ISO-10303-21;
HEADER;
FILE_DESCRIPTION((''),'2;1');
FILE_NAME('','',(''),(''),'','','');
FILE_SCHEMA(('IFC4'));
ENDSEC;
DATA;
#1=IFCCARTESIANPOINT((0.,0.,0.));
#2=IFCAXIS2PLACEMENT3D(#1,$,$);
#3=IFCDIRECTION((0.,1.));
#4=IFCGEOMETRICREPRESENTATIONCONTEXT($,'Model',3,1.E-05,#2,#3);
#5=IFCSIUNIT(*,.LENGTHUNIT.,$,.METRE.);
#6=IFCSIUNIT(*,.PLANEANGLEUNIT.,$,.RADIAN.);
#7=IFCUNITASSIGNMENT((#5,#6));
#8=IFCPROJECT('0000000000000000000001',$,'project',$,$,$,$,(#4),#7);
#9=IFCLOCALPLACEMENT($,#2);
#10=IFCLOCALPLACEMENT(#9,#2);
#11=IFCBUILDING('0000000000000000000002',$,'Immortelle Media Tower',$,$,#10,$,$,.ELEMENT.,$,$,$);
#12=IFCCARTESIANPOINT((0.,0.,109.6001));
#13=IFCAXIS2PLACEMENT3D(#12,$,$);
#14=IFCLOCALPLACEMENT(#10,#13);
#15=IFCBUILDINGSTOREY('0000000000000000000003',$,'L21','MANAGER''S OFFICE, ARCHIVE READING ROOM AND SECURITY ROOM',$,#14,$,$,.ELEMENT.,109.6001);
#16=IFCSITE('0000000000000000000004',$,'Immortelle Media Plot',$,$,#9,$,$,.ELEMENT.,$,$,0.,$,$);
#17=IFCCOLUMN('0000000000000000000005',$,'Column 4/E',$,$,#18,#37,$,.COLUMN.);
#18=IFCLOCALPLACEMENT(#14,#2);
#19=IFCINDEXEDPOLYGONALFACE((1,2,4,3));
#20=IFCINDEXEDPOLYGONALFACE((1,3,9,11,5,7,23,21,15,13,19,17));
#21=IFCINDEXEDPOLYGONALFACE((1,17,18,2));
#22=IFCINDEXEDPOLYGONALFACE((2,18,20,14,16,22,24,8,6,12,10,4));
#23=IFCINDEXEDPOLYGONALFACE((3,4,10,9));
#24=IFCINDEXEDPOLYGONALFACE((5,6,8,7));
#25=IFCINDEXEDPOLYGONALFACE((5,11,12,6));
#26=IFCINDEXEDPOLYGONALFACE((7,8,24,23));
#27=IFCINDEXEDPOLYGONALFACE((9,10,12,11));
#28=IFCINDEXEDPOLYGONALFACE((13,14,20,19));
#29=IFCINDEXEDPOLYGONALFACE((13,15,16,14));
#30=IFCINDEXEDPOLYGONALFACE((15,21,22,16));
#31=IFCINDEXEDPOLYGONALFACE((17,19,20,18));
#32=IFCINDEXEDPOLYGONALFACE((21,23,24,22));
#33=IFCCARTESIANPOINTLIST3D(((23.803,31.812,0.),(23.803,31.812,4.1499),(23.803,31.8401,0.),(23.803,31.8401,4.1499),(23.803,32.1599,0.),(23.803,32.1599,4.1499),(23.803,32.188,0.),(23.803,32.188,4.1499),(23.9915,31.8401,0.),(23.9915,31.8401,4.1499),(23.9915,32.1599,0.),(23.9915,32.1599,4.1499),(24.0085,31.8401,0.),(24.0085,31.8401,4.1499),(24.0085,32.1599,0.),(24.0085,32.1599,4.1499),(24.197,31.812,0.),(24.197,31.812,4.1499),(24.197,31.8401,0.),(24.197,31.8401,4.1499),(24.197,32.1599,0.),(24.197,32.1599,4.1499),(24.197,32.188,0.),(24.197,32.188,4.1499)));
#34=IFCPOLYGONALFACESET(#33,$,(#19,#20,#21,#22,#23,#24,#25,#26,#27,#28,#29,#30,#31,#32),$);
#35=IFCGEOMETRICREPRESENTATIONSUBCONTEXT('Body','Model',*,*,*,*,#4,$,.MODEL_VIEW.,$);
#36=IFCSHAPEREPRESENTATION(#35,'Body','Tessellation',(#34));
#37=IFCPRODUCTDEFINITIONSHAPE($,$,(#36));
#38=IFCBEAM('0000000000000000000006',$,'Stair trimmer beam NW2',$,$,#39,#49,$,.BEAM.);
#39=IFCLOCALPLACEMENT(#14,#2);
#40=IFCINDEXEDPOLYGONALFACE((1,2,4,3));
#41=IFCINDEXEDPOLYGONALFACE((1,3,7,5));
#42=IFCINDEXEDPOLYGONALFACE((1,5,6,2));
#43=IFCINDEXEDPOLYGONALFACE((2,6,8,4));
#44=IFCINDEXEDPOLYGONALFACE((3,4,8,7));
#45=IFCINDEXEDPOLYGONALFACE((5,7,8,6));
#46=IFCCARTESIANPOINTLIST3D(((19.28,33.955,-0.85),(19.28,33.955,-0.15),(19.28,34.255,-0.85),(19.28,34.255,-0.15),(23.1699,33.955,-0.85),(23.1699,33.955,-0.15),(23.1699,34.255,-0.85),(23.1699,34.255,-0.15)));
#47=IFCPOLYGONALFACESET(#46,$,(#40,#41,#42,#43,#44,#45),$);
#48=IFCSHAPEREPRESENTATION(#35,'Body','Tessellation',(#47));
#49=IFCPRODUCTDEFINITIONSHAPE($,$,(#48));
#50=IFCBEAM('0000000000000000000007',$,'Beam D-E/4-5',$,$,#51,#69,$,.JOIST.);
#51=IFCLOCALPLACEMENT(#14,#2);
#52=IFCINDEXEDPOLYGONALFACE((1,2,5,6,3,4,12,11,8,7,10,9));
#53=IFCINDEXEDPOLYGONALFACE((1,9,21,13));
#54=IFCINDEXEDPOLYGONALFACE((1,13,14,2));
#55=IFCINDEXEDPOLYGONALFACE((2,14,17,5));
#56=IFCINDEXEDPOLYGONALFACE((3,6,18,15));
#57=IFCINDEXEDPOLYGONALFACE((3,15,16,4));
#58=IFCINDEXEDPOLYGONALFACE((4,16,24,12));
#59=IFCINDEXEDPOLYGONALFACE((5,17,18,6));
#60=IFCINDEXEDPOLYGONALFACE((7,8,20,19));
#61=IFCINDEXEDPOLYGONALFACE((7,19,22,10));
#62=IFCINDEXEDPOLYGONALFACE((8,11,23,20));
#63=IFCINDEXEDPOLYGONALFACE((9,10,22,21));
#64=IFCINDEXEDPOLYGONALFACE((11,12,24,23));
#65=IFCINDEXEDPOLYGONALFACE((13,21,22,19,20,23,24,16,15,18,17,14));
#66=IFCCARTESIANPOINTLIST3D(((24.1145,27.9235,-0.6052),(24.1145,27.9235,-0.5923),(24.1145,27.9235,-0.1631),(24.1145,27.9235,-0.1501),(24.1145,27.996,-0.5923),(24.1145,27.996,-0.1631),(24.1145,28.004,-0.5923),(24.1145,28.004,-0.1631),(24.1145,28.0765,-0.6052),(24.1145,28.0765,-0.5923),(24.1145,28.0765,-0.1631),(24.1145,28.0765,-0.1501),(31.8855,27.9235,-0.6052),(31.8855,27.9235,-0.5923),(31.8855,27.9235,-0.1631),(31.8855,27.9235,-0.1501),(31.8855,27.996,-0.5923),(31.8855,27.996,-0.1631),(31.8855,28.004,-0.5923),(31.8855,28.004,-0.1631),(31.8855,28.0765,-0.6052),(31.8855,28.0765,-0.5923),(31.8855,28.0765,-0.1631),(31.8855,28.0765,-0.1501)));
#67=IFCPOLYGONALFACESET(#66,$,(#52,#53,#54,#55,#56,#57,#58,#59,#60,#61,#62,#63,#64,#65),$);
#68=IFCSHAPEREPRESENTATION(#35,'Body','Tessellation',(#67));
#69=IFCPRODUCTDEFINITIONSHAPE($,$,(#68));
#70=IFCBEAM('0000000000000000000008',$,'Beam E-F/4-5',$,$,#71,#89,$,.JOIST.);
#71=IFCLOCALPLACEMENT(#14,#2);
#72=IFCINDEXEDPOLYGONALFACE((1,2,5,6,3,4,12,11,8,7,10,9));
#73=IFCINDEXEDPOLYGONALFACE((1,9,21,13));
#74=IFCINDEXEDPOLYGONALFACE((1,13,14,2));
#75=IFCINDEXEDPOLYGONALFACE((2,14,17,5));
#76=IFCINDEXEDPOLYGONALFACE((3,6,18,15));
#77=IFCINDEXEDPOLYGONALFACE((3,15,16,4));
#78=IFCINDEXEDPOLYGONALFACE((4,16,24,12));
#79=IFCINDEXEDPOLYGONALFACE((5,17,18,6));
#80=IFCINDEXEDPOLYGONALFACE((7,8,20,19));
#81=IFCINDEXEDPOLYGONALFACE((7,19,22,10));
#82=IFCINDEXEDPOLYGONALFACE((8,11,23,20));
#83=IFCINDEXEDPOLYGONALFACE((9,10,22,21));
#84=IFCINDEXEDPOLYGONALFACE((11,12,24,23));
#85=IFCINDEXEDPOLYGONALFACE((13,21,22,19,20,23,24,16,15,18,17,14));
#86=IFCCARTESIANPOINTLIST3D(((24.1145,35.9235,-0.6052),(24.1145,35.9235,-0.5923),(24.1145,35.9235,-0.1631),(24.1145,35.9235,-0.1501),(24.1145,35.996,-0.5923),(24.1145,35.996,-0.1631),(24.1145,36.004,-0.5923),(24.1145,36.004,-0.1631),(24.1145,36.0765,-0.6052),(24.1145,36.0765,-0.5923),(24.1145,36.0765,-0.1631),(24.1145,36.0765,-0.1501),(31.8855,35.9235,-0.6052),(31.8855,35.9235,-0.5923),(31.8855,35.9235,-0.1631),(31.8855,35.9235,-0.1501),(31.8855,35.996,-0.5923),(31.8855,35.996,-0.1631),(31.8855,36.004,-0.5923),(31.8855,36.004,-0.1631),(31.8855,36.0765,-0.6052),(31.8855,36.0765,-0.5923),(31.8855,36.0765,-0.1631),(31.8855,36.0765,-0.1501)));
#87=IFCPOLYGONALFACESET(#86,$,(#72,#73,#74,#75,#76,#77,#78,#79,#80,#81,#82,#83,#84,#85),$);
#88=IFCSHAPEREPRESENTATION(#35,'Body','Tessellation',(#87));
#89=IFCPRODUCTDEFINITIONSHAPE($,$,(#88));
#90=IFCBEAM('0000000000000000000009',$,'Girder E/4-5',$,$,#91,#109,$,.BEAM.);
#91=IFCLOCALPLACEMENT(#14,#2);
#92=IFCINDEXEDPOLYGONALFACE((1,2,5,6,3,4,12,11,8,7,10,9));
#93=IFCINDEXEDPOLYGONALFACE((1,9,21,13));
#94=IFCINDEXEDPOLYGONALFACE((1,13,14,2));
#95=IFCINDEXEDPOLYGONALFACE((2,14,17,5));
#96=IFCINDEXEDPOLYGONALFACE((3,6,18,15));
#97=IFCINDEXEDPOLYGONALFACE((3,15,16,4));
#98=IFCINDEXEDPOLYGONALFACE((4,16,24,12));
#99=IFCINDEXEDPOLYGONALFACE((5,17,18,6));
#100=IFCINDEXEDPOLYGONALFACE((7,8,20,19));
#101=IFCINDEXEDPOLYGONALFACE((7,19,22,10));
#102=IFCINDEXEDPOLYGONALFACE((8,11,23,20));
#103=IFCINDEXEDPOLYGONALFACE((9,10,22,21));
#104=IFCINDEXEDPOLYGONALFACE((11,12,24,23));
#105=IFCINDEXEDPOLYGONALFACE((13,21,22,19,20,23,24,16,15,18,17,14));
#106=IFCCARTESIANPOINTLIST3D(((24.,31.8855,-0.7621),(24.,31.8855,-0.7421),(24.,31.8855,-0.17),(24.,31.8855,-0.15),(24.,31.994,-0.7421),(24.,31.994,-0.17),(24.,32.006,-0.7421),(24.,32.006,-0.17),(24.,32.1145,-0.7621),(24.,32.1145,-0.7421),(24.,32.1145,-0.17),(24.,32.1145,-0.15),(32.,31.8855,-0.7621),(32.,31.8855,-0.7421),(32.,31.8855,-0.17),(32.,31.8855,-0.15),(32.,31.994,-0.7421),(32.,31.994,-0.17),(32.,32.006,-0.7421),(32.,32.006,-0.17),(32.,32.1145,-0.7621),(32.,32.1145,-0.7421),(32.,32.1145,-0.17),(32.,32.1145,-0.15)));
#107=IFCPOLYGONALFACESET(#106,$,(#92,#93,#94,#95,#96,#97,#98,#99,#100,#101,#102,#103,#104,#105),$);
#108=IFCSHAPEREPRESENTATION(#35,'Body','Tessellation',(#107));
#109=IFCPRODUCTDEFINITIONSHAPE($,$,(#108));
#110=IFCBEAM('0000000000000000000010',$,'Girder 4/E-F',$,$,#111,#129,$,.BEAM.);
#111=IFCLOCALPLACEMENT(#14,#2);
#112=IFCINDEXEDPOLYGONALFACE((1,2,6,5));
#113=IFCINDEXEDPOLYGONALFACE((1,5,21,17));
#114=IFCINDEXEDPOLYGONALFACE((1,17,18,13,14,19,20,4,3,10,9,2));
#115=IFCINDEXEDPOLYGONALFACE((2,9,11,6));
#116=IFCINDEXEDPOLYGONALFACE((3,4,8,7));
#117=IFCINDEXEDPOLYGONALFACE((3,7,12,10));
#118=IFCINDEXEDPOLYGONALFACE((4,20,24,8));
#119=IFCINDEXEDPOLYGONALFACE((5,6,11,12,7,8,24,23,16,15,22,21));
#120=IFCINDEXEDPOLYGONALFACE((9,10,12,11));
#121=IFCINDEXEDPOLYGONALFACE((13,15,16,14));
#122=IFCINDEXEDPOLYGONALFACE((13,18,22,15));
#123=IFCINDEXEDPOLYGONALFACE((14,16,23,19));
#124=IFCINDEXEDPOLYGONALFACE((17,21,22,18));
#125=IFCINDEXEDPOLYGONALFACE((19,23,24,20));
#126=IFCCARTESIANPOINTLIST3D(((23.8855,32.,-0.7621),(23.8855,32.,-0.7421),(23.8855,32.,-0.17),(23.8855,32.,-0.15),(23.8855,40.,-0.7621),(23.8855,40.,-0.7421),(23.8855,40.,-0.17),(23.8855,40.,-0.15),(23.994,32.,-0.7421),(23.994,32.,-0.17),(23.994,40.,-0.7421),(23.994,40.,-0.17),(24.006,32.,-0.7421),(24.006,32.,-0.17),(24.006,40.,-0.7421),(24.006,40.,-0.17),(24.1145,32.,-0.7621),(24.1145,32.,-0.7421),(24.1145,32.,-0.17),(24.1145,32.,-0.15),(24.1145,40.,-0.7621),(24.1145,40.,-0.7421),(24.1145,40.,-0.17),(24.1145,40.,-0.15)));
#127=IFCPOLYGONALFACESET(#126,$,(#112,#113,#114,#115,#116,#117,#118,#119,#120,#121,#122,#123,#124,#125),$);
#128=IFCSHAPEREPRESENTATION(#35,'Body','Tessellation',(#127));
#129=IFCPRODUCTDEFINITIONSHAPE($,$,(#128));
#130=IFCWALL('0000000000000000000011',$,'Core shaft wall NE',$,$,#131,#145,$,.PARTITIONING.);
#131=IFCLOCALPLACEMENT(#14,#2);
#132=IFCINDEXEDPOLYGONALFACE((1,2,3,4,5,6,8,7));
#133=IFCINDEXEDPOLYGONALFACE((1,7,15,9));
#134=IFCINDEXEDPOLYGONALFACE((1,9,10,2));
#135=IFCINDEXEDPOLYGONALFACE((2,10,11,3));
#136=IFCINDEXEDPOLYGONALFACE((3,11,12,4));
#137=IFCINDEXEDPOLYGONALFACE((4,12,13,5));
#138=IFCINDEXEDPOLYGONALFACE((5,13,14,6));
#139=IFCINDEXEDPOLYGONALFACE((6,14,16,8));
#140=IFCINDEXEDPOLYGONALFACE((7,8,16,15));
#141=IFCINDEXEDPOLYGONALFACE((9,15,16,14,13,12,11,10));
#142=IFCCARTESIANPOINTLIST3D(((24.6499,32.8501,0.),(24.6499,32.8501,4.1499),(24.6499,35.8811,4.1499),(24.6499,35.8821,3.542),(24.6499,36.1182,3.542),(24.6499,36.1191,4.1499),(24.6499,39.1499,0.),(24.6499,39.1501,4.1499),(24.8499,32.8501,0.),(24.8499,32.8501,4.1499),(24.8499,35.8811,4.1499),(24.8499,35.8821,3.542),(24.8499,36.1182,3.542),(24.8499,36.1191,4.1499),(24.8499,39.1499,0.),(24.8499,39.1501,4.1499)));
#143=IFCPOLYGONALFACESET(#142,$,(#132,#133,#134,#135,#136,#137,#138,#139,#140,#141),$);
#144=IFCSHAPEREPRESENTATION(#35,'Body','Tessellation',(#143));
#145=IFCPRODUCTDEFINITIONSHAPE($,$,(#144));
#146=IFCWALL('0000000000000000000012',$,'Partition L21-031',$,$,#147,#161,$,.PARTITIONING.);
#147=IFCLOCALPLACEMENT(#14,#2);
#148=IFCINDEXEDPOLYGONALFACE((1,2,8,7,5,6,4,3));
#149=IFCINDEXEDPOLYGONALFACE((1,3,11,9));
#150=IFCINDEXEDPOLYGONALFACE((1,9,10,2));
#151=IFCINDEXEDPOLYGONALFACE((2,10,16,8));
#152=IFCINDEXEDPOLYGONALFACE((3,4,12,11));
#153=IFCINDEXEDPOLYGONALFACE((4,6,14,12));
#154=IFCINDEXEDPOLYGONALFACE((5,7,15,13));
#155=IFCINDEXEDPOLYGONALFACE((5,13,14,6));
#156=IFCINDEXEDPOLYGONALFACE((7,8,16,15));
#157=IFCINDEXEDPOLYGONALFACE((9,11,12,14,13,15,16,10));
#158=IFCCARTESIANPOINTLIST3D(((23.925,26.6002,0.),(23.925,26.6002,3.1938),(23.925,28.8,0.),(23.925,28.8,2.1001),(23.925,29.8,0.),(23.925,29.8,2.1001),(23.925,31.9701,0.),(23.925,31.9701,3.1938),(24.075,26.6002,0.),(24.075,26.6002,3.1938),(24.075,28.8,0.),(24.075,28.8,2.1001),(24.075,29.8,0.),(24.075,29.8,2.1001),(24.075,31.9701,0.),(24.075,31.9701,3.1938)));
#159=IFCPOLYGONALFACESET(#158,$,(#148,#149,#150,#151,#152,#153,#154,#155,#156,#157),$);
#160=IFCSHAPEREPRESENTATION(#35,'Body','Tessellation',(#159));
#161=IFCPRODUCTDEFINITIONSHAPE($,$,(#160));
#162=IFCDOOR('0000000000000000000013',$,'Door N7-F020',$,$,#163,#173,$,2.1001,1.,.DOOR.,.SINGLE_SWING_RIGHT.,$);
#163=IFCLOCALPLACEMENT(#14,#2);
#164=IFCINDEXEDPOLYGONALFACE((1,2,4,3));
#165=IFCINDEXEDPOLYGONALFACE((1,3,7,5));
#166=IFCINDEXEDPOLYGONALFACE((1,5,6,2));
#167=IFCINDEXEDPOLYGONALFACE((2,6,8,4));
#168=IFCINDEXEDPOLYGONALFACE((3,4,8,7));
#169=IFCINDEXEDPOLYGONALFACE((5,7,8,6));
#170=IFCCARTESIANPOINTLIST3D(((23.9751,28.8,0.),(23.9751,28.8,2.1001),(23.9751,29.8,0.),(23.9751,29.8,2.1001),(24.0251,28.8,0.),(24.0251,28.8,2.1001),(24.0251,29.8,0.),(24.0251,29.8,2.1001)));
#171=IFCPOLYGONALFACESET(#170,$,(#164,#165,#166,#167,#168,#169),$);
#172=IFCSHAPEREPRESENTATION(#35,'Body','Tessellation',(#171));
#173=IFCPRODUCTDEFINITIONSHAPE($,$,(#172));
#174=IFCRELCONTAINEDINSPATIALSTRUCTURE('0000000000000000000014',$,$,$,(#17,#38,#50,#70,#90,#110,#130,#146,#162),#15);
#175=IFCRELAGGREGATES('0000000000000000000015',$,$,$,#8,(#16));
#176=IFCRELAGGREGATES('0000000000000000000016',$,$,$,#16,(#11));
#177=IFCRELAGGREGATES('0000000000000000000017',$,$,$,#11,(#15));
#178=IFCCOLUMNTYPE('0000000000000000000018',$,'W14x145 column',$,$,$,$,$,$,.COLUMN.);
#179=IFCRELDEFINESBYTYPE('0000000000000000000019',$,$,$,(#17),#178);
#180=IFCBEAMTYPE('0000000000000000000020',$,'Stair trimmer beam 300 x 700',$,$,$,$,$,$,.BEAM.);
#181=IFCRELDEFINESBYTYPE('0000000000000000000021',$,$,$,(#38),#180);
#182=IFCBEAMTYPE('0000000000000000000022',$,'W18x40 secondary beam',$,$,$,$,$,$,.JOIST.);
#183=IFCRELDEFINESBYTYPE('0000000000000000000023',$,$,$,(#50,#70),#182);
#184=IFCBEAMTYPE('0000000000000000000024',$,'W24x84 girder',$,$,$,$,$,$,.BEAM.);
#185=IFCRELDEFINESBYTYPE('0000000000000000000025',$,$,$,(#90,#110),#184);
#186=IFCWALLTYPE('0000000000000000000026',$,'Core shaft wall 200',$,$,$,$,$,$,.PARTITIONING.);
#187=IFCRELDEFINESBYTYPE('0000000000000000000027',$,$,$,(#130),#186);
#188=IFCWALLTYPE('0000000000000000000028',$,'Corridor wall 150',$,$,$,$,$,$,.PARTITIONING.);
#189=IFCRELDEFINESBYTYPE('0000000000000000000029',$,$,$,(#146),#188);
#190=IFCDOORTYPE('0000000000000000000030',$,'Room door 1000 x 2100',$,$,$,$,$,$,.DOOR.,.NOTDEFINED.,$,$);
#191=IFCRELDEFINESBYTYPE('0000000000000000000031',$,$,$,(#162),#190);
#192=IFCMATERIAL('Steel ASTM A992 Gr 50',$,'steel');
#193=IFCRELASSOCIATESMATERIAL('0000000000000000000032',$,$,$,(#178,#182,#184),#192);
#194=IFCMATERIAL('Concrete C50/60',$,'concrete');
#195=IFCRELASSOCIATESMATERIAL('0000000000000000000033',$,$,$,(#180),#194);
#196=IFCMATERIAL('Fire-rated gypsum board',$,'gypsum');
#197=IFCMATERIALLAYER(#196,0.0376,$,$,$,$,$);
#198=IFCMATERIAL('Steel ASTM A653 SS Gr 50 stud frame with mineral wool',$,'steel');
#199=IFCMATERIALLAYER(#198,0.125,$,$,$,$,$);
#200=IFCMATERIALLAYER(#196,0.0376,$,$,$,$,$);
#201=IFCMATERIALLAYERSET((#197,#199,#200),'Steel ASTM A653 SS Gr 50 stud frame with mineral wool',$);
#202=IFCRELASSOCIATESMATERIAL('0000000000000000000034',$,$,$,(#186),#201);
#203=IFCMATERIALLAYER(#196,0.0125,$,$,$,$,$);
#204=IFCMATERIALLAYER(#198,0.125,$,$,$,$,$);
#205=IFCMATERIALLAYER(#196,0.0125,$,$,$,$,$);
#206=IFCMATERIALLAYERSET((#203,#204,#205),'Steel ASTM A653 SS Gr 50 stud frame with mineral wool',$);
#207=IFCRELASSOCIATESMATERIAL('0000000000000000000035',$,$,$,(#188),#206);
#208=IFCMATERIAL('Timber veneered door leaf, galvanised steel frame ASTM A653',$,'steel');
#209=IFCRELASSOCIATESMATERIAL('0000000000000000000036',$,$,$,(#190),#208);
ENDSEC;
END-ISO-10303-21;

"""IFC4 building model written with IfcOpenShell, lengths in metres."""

from ifc_helpers import new_model, si_unit, direction, frame, frame_2d, origin, origin_2d, place, context, subcontext, project, spatial, polyline, rectangle, i_section, outline, extrude, material, layer, layer_set, material_profile, profile_set, type_object, element, fill, save


model = new_model("IFC4")

# Units and contexts
model_context = context("Model", 3, precision=1e-05, world=origin(), true_north=direction((0.0, 1.0)))
body_context = subcontext(model_context, "Body", "Model", "MODEL_VIEW")
ifc_project = project(units=[si_unit("LENGTHUNIT", "METRE"), si_unit("PLANEANGLEUNIT", "RADIAN")], contexts=[model_context])

# Site, building, storey
site_placement = place(None, origin())
site = spatial("IfcSite", under=ifc_project, at=site_placement, Name="Immortelle Media Plot", CompositionType="ELEMENT", RefElevation=0.0)
building_placement = place(site_placement, origin())
building = spatial("IfcBuilding", under=site, at=building_placement, Name="Immortelle Media Tower", CompositionType="ELEMENT")
storey_placement = place(building_placement, frame((0.0, 0.0, 109.6001)))
storey = spatial("IfcBuildingStorey", under=building, at=storey_placement, Name="L21", Description="MANAGER'S OFFICE, ARCHIVE READING ROOM AND SECURITY ROOM", CompositionType="ELEMENT", Elevation=109.6001)

# Column
ifc_material_1 = material(Name="Steel ASTM A992 Gr 50", Category="steel")
ifc_material_profile_1 = material_profile(ifc_material_1, i_section(OverallWidth=0.394, OverallDepth=0.376, WebThickness=0.0171, FlangeThickness=0.0281, at=origin_2d()), Name="W14x145")
ifc_profile_set_1 = profile_set([ifc_material_profile_1], Name="Steel ASTM A992 Gr 50")
column_type = type_object("IfcColumnType", Name="W14x145 column", PredefinedType="COLUMN", material=ifc_profile_set_1)
column_placement = place(storey_placement, frame((24.0, 32.0, 0.0), z_axis=(0.0, 0.0, 1.0), x_axis=(1.0, 0.0, 0.0)))
element("IfcColumn", 1, at=column_placement, inside=storey, type_object=column_type, Name="Column 4/E", PredefinedType="COLUMN", context=body_context, shape_type="SweptSolid", body=[
    extrude(i_section(OverallWidth=0.394, OverallDepth=0.376, WebThickness=0.0171, FlangeThickness=0.0281, at=origin_2d()), origin(), (0.0, 0.0, 1.0), 4.1499),
])

# Beams
ifc_material_2 = material(Name="Concrete C50/60", Category="concrete")
ifc_material_profile_2 = material_profile(ifc_material_2, rectangle(XDim=0.3, YDim=0.7, at=origin_2d()), Name="RC 300x700")
ifc_profile_set_2 = profile_set([ifc_material_profile_2], Name="Concrete C50/60")
beam_type_1 = type_object("IfcBeamType", Name="Stair trimmer beam 300 x 700", PredefinedType="BEAM", material=ifc_profile_set_2)
beam_placement = place(storey_placement, frame((19.28, 34.105, -0.5), z_axis=(1.0, 0.0, 0.0), x_axis=(0.0, 1.0, 0.0)))
element("IfcBeam", 2, at=beam_placement, inside=storey, type_object=beam_type_1, Name="Stair trimmer beam NW2", PredefinedType="BEAM", context=body_context, shape_type="SweptSolid", body=[
    extrude(rectangle(XDim=0.3, YDim=0.7, at=origin_2d()), origin(), (0.0, 0.0, 1.0), 3.8899),
])
ifc_material_profile_3 = material_profile(ifc_material_1, i_section(OverallWidth=0.1531, OverallDepth=0.4551, WebThickness=0.0081, FlangeThickness=0.0129, at=origin_2d()), Name="W18x40")
ifc_profile_set_3 = profile_set([ifc_material_profile_3], Name="Steel ASTM A992 Gr 50")
beam_type_2 = type_object("IfcBeamType", Name="W18x40 secondary beam", PredefinedType="JOIST", material=ifc_profile_set_3)
for number, where, z_axis, x_axis, name in (
    (3, (24.1145, 28.0, -0.3777), (1.0, 0.0, 0.0), (0.0, 1.0, 0.0), "Beam D-E/4-5"),
    (4, (24.1145, 36.0, -0.3777), (1.0, 0.0, 0.0), (0.0, 1.0, 0.0), "Beam E-F/4-5"),
):
    element("IfcBeam", number, at=place(storey_placement, frame(where, z_axis=z_axis, x_axis=x_axis)), inside=storey, type_object=beam_type_2, Name=name, PredefinedType="JOIST", context=body_context, shape_type="SweptSolid", body=[
        extrude(i_section(OverallWidth=0.1531, OverallDepth=0.4551, WebThickness=0.0081, FlangeThickness=0.0129, at=origin_2d()), origin(), (0.0, 0.0, 1.0), 7.771),
    ])
ifc_material_profile_4 = material_profile(ifc_material_1, i_section(OverallWidth=0.229, OverallDepth=0.6121, WebThickness=0.012, FlangeThickness=0.02, at=origin_2d()), Name="W24x84")
ifc_profile_set_4 = profile_set([ifc_material_profile_4], Name="Steel ASTM A992 Gr 50")
beam_type_3 = type_object("IfcBeamType", Name="W24x84 girder", PredefinedType="BEAM", material=ifc_profile_set_4)
for number, where, z_axis, x_axis, name in (
    (5, (24.0, 32.0, -0.4561), (1.0, 0.0, 0.0), (0.0, 1.0, 0.0), "Girder E/4-5"),
    (6, (24.0, 32.0, -0.4561), (0.0, 1.0, 0.0), (-1.0, 0.0, 0.0), "Girder 4/E-F"),
):
    element("IfcBeam", number, at=place(storey_placement, frame(where, z_axis=z_axis, x_axis=x_axis)), inside=storey, type_object=beam_type_3, Name=name, PredefinedType="BEAM", context=body_context, shape_type="SweptSolid", body=[
        extrude(i_section(OverallWidth=0.229, OverallDepth=0.6121, WebThickness=0.012, FlangeThickness=0.02, at=origin_2d()), origin(), (0.0, 0.0, 1.0), 8.0),
    ])

# Wall
ifc_material_3 = material(Name="Fire-rated gypsum board", Category="gypsum")
ifc_layer_1 = layer(ifc_material_3, 0.0376)
ifc_material_4 = material(Name="Steel ASTM A653 SS Gr 50 stud frame with mineral wool", Category="steel")
ifc_layer_2 = layer(ifc_material_4, 0.125)
ifc_layer_3 = layer(ifc_material_3, 0.0376)
ifc_layer_set_1 = layer_set([ifc_layer_1, ifc_layer_2, ifc_layer_3], Name="Steel ASTM A653 SS Gr 50 stud frame with mineral wool")
wall_type_1 = type_object("IfcWallType", Name="Core shaft wall 200", PredefinedType="PARTITIONING", material=ifc_layer_set_1)
wall_1_placement = place(storey_placement, frame((24.75, 32.8501, 0.0), z_axis=(0.0, 0.0, 1.0), x_axis=(0.0, 1.0, 0.0)))
element("IfcWall", 7, at=wall_1_placement, inside=storey, type_object=wall_type_1, Name="Core shaft wall NE", PredefinedType="PARTITIONING", context=body_context, shape_type="SweptSolid", body=[
    extrude(outline(polyline([(0.0, 0.0), (6.2998, 0.0), (6.3, 4.1499), (3.269, 4.1499), (3.2681, 3.542), (3.032, 3.542), (3.031, 4.1499), (0.0, 4.1499), (0.0, 0.0)])), frame((0.0, 0.1001, 0.0), z_axis=(0.0, -1.0, 0.0), x_axis=(1.0, 0.0, 0.0)), (0.0, 0.0, 1.0), 0.2),
])

# Wall, opening, door
ifc_layer_4 = layer(ifc_material_3, 0.0125)
ifc_layer_5 = layer(ifc_material_4, 0.125)
ifc_layer_6 = layer(ifc_material_3, 0.0125)
ifc_layer_set_2 = layer_set([ifc_layer_4, ifc_layer_5, ifc_layer_6], Name="Steel ASTM A653 SS Gr 50 stud frame with mineral wool")
wall_type_2 = type_object("IfcWallType", Name="Corridor wall 150", PredefinedType="PARTITIONING", material=ifc_layer_set_2)
wall_2_placement = place(storey_placement, frame((24.0, 26.6001, 0.0), z_axis=(0.0, 0.0, 1.0), x_axis=(0.0, 1.0, 0.0)))
wall_2 = element("IfcWall", 8, at=wall_2_placement, inside=storey, type_object=wall_type_2, Name="Partition L21-031", PredefinedType="PARTITIONING", context=body_context, shape_type="SweptSolid", body=[
    extrude(rectangle(XDim=5.3699, YDim=0.1499, at=frame_2d((2.6851, 0.0))), origin(), (0.0, 0.0, 1.0), 3.1938),
])
opening_1_placement = place(wall_2_placement, frame((2.2, 0.0, 0.0)))
opening_1 = element("IfcOpeningElement", 9, at=opening_1_placement, cuts=wall_2, PredefinedType="OPENING", context=body_context, shape_type="SweptSolid", body=[
    extrude(rectangle(XDim=1.0, YDim=2.1001, at=frame_2d((0.5, 1.05))), frame((0.0, 0.085, 0.0), z_axis=(0.0, -1.0, 0.0), x_axis=(1.0, 0.0, 0.0)), (0.0, 0.0, 1.0), 0.1699),
])
ifc_material_5 = material(Name="Timber veneered door leaf, galvanised steel frame ASTM A653", Category="steel")
door_type_1 = type_object("IfcDoorType", Name="Room door 1000 x 2100", OperationType="NOTDEFINED", PredefinedType="DOOR", material=ifc_material_5)
door_1_placement = place(opening_1_placement, origin())
door_1 = element("IfcDoor", 10, at=door_1_placement, inside=storey, type_object=door_type_1, Name="Door N7-F020", OperationType="SINGLE_SWING_RIGHT", OverallHeight=2.1001, OverallWidth=1.0, PredefinedType="DOOR", context=body_context, shape_type="SweptSolid", body=[
    extrude(rectangle(XDim=1.0, YDim=2.1001, at=frame_2d((0.5, 1.05))), frame((0.0, 0.0249, 0.0), z_axis=(0.0, -1.0, 0.0), x_axis=(1.0, 0.0, 0.0)), (0.0, 0.0, 1.0), 0.05),
])
fill(opening_1, door_1)

save(model, "model.ifc")
